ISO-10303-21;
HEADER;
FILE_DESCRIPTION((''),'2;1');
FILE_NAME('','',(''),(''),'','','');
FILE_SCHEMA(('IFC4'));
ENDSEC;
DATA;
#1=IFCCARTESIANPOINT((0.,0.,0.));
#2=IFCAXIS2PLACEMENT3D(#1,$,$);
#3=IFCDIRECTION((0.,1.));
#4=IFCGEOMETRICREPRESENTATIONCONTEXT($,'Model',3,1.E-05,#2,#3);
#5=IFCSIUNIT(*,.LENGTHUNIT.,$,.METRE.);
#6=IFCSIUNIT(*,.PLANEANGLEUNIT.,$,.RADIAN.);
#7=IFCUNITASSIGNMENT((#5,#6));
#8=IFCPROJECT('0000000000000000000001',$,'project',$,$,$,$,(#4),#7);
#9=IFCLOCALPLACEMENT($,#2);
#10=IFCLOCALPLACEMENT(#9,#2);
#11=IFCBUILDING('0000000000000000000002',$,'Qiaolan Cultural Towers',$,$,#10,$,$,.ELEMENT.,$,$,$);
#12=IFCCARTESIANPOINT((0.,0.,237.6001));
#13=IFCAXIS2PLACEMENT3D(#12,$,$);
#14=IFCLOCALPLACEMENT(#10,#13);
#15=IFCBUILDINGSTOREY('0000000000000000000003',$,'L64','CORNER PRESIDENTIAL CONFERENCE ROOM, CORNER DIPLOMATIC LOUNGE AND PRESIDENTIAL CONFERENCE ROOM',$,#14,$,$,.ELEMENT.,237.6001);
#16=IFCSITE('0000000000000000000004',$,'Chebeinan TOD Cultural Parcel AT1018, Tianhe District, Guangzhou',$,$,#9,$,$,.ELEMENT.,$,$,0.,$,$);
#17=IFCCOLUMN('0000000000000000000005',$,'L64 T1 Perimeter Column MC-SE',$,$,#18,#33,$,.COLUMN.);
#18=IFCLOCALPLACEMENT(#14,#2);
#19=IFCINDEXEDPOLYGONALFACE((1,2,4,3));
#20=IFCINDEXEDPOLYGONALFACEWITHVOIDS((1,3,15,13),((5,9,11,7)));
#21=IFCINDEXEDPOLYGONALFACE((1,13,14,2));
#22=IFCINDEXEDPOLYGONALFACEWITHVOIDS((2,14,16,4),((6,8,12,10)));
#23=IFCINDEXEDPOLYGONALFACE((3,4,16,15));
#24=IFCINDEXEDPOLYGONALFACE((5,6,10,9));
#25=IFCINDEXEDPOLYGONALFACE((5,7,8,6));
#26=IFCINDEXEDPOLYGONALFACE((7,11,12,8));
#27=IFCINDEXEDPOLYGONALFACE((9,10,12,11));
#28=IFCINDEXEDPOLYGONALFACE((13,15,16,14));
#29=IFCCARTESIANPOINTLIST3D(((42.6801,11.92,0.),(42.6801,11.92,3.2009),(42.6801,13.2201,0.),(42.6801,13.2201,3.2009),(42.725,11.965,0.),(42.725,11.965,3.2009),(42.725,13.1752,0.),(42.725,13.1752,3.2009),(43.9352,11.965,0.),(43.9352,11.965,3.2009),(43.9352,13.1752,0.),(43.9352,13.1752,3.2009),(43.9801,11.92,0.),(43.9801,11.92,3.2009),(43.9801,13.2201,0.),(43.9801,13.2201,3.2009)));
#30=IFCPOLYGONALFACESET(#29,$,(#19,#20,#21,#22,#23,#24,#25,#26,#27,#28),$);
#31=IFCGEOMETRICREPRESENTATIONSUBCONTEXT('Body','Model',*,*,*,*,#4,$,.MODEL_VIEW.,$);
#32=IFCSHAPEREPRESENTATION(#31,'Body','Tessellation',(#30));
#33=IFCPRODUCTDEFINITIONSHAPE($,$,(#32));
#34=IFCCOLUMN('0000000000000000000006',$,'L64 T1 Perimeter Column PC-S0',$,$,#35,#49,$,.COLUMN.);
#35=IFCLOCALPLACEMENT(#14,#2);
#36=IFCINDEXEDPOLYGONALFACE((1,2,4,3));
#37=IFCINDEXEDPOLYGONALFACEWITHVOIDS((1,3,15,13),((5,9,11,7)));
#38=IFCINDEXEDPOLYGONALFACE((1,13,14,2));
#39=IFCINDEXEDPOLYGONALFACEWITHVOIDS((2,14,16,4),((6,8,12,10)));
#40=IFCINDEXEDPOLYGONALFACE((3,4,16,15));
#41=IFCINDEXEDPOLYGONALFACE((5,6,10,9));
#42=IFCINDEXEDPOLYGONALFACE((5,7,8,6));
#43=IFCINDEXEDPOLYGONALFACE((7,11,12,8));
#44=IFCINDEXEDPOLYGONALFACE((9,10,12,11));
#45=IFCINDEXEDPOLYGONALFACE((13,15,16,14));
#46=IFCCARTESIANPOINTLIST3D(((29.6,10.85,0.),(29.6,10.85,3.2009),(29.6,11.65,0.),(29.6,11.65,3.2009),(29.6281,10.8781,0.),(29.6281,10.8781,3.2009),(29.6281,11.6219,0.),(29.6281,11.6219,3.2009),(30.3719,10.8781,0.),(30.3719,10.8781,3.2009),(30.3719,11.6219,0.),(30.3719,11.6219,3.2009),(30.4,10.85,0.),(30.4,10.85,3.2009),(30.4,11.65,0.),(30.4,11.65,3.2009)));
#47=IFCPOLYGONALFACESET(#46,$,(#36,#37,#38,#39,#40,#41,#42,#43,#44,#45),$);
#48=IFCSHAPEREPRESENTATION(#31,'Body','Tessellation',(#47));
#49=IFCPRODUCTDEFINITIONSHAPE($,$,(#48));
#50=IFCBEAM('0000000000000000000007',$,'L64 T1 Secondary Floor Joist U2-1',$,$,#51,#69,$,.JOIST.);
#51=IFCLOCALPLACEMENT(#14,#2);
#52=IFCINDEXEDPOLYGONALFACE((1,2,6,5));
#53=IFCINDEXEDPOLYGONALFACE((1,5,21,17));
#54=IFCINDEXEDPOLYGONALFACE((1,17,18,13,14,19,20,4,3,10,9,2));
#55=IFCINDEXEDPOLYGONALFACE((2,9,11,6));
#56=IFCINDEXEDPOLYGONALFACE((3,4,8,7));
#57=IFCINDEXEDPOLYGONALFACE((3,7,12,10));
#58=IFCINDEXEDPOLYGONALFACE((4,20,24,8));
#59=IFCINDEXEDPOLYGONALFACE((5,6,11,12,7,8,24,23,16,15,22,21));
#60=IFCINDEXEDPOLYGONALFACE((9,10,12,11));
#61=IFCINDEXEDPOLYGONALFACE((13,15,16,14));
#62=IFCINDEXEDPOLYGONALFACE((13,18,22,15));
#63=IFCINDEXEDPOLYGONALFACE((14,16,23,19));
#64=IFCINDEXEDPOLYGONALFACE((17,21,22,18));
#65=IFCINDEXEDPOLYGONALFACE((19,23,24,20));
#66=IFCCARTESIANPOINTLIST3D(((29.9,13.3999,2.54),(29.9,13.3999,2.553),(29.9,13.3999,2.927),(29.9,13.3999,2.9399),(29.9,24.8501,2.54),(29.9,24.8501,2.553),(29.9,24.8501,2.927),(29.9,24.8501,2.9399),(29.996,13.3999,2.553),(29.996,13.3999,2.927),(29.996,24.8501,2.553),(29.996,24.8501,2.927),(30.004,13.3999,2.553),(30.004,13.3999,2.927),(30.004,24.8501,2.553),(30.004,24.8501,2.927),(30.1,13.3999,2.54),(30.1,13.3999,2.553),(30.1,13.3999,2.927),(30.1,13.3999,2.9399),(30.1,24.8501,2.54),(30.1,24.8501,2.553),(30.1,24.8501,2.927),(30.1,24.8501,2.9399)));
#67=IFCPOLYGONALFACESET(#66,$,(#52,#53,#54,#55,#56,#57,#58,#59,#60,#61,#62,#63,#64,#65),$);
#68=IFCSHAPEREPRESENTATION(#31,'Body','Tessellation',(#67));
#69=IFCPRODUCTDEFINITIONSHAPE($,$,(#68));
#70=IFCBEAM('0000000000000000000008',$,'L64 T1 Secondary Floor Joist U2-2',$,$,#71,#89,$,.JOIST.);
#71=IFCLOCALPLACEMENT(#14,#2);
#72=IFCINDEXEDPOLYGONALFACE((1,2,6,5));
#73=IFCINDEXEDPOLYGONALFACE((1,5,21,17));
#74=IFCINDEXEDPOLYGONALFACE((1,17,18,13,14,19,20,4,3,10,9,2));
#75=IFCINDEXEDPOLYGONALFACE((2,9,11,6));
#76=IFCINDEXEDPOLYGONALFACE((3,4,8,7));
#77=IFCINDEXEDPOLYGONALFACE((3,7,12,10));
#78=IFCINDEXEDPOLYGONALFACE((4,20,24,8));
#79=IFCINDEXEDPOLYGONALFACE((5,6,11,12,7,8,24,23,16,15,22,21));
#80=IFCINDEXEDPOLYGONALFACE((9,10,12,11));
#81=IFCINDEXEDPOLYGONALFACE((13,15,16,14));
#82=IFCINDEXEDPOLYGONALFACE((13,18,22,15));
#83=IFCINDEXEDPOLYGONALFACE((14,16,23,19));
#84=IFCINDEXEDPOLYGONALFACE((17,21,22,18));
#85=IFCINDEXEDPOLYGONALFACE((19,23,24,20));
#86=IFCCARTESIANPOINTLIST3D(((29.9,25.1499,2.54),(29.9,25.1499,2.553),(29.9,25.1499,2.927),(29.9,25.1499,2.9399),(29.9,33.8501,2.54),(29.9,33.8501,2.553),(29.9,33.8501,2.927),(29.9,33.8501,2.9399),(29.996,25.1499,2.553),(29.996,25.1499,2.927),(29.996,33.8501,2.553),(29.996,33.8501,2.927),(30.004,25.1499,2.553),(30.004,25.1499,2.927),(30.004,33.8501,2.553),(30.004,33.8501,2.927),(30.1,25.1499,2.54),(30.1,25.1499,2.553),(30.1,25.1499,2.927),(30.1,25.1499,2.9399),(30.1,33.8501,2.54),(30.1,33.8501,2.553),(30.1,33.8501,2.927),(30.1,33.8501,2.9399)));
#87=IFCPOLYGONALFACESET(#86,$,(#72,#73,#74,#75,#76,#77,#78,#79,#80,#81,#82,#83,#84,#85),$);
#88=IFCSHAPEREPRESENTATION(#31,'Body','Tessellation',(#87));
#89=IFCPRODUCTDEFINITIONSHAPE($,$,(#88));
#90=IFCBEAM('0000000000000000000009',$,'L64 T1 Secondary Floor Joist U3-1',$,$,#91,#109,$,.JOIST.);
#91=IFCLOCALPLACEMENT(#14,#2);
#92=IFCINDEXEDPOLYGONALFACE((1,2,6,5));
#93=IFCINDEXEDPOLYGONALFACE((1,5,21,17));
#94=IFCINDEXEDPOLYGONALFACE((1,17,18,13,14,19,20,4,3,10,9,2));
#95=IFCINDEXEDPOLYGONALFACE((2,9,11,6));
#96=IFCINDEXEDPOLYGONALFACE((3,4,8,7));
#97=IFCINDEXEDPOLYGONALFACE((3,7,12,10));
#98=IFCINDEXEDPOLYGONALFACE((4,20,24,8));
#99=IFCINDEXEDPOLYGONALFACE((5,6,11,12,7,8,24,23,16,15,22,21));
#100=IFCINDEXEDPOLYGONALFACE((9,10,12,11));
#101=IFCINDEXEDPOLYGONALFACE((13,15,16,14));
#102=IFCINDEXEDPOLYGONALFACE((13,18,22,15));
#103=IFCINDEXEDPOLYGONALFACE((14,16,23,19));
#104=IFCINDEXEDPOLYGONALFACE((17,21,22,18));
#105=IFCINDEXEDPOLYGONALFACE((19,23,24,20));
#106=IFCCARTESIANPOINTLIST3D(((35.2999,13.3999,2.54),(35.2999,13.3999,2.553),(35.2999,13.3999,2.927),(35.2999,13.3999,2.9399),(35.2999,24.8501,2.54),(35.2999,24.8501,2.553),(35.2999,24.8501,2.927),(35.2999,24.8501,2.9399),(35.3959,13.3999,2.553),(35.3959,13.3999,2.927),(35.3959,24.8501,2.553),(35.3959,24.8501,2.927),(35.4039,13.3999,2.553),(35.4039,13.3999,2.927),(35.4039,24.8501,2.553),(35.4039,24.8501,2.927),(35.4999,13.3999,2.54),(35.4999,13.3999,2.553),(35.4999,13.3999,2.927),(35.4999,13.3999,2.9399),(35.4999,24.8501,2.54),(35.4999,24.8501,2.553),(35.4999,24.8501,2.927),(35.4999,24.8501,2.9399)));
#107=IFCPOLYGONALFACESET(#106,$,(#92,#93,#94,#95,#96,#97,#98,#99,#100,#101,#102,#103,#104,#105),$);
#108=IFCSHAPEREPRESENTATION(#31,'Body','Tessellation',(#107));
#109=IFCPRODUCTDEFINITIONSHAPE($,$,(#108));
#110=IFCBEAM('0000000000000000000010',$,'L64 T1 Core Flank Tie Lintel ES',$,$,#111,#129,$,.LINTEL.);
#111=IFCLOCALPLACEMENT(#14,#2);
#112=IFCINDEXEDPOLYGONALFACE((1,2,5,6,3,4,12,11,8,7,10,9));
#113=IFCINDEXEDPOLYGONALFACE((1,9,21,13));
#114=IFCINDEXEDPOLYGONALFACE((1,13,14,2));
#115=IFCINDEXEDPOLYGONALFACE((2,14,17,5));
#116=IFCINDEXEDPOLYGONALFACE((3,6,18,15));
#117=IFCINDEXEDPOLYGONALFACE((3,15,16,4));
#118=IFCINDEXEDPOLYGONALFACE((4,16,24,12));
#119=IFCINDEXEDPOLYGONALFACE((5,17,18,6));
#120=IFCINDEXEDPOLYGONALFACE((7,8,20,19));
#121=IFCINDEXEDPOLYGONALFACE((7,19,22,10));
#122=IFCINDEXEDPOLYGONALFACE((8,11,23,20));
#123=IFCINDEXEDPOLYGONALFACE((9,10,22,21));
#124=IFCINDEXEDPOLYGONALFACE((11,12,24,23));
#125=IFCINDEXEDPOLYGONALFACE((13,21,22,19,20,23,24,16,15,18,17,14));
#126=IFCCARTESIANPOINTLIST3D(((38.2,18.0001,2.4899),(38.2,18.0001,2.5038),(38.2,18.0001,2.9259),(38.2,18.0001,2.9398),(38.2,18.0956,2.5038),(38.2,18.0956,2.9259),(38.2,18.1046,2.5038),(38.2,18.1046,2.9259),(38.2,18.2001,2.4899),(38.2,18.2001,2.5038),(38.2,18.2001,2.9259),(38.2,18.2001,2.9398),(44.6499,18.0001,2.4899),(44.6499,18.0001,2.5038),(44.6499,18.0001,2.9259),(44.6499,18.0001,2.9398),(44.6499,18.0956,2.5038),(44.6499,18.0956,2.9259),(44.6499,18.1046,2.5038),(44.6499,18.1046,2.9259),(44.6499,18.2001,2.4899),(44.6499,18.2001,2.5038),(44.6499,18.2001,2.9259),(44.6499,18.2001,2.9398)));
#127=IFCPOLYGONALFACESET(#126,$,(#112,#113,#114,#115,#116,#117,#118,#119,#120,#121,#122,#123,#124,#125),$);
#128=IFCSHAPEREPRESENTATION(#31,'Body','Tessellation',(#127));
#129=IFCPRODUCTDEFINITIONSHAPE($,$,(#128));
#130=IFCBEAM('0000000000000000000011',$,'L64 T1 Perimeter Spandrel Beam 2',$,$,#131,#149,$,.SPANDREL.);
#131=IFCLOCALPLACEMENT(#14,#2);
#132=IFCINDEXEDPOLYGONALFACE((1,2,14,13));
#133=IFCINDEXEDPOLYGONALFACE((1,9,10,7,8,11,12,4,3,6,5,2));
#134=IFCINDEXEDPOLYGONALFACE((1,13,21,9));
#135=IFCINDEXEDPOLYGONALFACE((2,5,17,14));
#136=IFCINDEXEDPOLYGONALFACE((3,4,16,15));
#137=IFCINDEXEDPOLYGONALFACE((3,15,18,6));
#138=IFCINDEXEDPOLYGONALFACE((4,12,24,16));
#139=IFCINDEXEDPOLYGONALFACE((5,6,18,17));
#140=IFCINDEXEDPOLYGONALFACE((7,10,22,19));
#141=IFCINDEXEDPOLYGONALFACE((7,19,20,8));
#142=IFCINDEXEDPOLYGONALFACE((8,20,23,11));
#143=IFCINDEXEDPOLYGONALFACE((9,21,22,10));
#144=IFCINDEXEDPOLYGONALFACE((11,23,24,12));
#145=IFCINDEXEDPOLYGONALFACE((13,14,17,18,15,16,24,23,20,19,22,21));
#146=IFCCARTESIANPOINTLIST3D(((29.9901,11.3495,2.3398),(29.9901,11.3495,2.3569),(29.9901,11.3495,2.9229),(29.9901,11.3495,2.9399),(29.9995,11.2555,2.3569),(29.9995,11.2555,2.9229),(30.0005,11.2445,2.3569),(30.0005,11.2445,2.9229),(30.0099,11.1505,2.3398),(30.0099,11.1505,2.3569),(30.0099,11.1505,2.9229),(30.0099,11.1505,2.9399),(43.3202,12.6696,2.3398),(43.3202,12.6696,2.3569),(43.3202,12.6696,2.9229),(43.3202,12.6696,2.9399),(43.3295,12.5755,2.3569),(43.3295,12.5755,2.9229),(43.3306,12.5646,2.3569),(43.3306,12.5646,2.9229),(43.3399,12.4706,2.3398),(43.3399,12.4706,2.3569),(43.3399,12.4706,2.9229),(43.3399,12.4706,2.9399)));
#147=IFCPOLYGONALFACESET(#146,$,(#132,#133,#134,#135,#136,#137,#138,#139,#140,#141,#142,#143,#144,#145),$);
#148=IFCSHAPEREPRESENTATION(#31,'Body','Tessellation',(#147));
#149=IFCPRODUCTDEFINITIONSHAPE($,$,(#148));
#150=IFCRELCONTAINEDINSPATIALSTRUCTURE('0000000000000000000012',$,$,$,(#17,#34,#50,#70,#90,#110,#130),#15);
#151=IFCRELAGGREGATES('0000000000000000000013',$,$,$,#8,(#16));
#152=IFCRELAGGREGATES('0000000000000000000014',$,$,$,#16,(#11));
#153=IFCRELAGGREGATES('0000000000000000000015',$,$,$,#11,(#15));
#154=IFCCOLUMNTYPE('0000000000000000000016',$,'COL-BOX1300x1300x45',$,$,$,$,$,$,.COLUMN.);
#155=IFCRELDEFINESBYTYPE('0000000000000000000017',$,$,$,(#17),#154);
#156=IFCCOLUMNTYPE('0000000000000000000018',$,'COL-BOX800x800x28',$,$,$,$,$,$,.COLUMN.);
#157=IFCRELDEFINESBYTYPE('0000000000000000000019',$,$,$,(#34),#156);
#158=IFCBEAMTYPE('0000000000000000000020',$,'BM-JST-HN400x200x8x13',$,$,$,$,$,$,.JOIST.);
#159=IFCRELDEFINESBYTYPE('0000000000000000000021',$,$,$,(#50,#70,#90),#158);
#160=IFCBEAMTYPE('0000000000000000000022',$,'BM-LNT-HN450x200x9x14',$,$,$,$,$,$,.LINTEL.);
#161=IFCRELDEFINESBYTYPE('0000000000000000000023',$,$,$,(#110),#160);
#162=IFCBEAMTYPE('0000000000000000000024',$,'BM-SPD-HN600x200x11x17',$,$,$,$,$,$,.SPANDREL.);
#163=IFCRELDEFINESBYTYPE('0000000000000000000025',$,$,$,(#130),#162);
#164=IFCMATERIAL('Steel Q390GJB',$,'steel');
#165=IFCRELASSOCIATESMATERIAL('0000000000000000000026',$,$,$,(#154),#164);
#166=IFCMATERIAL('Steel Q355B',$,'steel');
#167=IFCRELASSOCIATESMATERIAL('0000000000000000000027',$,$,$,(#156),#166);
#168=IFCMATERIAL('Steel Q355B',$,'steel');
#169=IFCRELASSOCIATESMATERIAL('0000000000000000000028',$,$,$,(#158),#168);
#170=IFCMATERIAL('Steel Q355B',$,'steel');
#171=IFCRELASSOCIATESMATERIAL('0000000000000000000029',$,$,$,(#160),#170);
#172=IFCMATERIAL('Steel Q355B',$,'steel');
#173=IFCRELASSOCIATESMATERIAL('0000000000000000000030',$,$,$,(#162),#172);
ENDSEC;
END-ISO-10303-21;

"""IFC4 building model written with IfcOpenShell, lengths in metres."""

from ifc_helpers import new_model, si_unit, direction, frame, origin, origin_2d, place, context, subcontext, project, spatial, hollow_rectangle, i_section, extrude, material, material_profile, profile_set, type_object, element, save


model = new_model("IFC4")

# Units and contexts
model_context = context("Model", 3, precision=1e-05, world=origin(), true_north=direction((0.0, 1.0)))
body_context = subcontext(model_context, "Body", "Model", "MODEL_VIEW")
ifc_project = project(units=[si_unit("LENGTHUNIT", "METRE"), si_unit("PLANEANGLEUNIT", "RADIAN")], contexts=[model_context])

# Site, building, storey
site_placement = place(None, origin())
site = spatial("IfcSite", under=ifc_project, at=site_placement, Name="Chebeinan TOD Cultural Parcel AT1018, Tianhe District, Guangzhou", CompositionType="ELEMENT", RefElevation=0.0)
building_placement = place(site_placement, origin())
building = spatial("IfcBuilding", under=site, at=building_placement, Name="Qiaolan Cultural Towers", CompositionType="ELEMENT")
storey_placement = place(building_placement, frame((0.0, 0.0, 237.6001)))
storey = spatial("IfcBuildingStorey", under=building, at=storey_placement, Name="L64", Description="CORNER PRESIDENTIAL CONFERENCE ROOM, CORNER DIPLOMATIC LOUNGE AND PRESIDENTIAL CONFERENCE ROOM", CompositionType="ELEMENT", Elevation=237.6001)

# Columns
ifc_material_1 = material(Name="Steel Q390GJB", Category="steel")
ifc_material_profile_1 = material_profile(ifc_material_1, hollow_rectangle(XDim=1.3, YDim=1.3, WallThickness=0.0449, at=origin_2d()), Name="BOX1300x1300x45")
ifc_profile_set_1 = profile_set([ifc_material_profile_1], Name="Steel Q390GJB")
column_type_1 = type_object("IfcColumnType", Name="COL-BOX1300x1300x45", PredefinedType="COLUMN", material=ifc_profile_set_1)
column_1_placement = place(storey_placement, frame((43.3301, 12.5701, 0.0), z_axis=(0.0, 0.0, 1.0), x_axis=(1.0, 0.0, 0.0)))
element("IfcColumn", 1, at=column_1_placement, inside=storey, type_object=column_type_1, Name="L64 T1 Perimeter Column MC-SE", PredefinedType="COLUMN", context=body_context, shape_type="SweptSolid", body=[
    extrude(hollow_rectangle(XDim=1.3, YDim=1.3, WallThickness=0.0449, at=origin_2d()), origin(), (0.0, 0.0, 1.0), 3.2009),
])
ifc_material_2 = material(Name="Steel Q355B", Category="steel")
ifc_material_profile_2 = material_profile(ifc_material_2, hollow_rectangle(XDim=0.8, YDim=0.8, WallThickness=0.0281, at=origin_2d()), Name="BOX800x800x28")
ifc_profile_set_2 = profile_set([ifc_material_profile_2], Name="Steel Q355B")
column_type_2 = type_object("IfcColumnType", Name="COL-BOX800x800x28", PredefinedType="COLUMN", material=ifc_profile_set_2)
column_2_placement = place(storey_placement, frame((30.0, 11.25, 0.0), z_axis=(0.0, 0.0, 1.0), x_axis=(1.0, 0.0, 0.0)))
element("IfcColumn", 2, at=column_2_placement, inside=storey, type_object=column_type_2, Name="L64 T1 Perimeter Column PC-S0", PredefinedType="COLUMN", context=body_context, shape_type="SweptSolid", body=[
    extrude(hollow_rectangle(XDim=0.8, YDim=0.8, WallThickness=0.0281, at=origin_2d()), origin(), (0.0, 0.0, 1.0), 3.2009),
])

# Beams
ifc_material_3 = material(Name="Steel Q355B", Category="steel")
ifc_material_profile_3 = material_profile(ifc_material_3, i_section(OverallWidth=0.2, OverallDepth=0.3999, WebThickness=0.0081, FlangeThickness=0.0129, at=origin_2d()), Name="HN400x200x8x13")
ifc_profile_set_3 = profile_set([ifc_material_profile_3], Name="Steel Q355B")
beam_type_1 = type_object("IfcBeamType", Name="BM-JST-HN400x200x8x13", PredefinedType="JOIST", material=ifc_profile_set_3)
beam_1_placement = place(storey_placement, frame((30.0, 13.3999, 2.74), z_axis=(0.0, 1.0, 0.0), x_axis=(-1.0, 0.0, 0.0)))
element("IfcBeam", 3, at=beam_1_placement, inside=storey, type_object=beam_type_1, Name="L64 T1 Secondary Floor Joist U2-1", PredefinedType="JOIST", context=body_context, shape_type="SweptSolid", body=[
    extrude(i_section(OverallWidth=0.2, OverallDepth=0.3999, WebThickness=0.0081, FlangeThickness=0.0129, at=origin_2d()), origin(), (0.0, 0.0, 1.0), 11.4502),
])
beam_2_placement = place(storey_placement, frame((30.0, 25.1499, 2.74), z_axis=(0.0, 1.0, 0.0), x_axis=(-1.0, 0.0, 0.0)))
element("IfcBeam", 4, at=beam_2_placement, inside=storey, type_object=beam_type_1, Name="L64 T1 Secondary Floor Joist U2-2", PredefinedType="JOIST", context=body_context, shape_type="SweptSolid", body=[
    extrude(i_section(OverallWidth=0.2, OverallDepth=0.3999, WebThickness=0.0081, FlangeThickness=0.0129, at=origin_2d()), origin(), (0.0, 0.0, 1.0), 8.7002),
])
beam_3_placement = place(storey_placement, frame((35.3999, 13.3999, 2.74), z_axis=(0.0, 1.0, 0.0), x_axis=(-1.0, 0.0, 0.0)))
element("IfcBeam", 5, at=beam_3_placement, inside=storey, type_object=beam_type_1, Name="L64 T1 Secondary Floor Joist U3-1", PredefinedType="JOIST", context=body_context, shape_type="SweptSolid", body=[
    extrude(i_section(OverallWidth=0.2, OverallDepth=0.3999, WebThickness=0.0081, FlangeThickness=0.0129, at=origin_2d()), origin(), (0.0, 0.0, 1.0), 11.4502),
])
ifc_material_4 = material(Name="Steel Q355B", Category="steel")
ifc_material_profile_4 = material_profile(ifc_material_4, i_section(OverallWidth=0.2, OverallDepth=0.45, WebThickness=0.009, FlangeThickness=0.0139, at=origin_2d()), Name="HN450x200x9x14")
ifc_profile_set_4 = profile_set([ifc_material_profile_4], Name="Steel Q355B")
beam_type_2 = type_object("IfcBeamType", Name="BM-LNT-HN450x200x9x14", PredefinedType="LINTEL", material=ifc_profile_set_4)
beam_4_placement = place(storey_placement, frame((38.2, 18.1001, 2.7148), z_axis=(1.0, 0.0, 0.0), x_axis=(0.0, 1.0, 0.0)))
element("IfcBeam", 6, at=beam_4_placement, inside=storey, type_object=beam_type_2, Name="L64 T1 Core Flank Tie Lintel ES", PredefinedType="LINTEL", context=body_context, shape_type="SweptSolid", body=[
    extrude(i_section(OverallWidth=0.2, OverallDepth=0.45, WebThickness=0.009, FlangeThickness=0.0139, at=origin_2d()), origin(), (0.0, 0.0, 1.0), 6.45),
])
ifc_material_5 = material(Name="Steel Q355B", Category="steel")
ifc_material_profile_5 = material_profile(ifc_material_5, i_section(OverallWidth=0.2, OverallDepth=0.6001, WebThickness=0.011, FlangeThickness=0.0171, at=origin_2d()), Name="HN600x200x11x17")
ifc_profile_set_5 = profile_set([ifc_material_profile_5], Name="Steel Q355B")
beam_type_3 = type_object("IfcBeamType", Name="BM-SPD-HN600x200x11x17", PredefinedType="SPANDREL", material=ifc_profile_set_5)
beam_5_placement = place(storey_placement, frame((30.0, 11.25, 2.6399), z_axis=(0.995132, 0.098547, 0.0), x_axis=(-0.098547, 0.995132, 0.0)))
element("IfcBeam", 7, at=beam_5_placement, inside=storey, type_object=beam_type_3, Name="L64 T1 Perimeter Spandrel Beam 2", PredefinedType="SPANDREL", context=body_context, shape_type="SweptSolid", body=[
    extrude(i_section(OverallWidth=0.2, OverallDepth=0.6001, WebThickness=0.011, FlangeThickness=0.0171, at=origin_2d()), origin(), (0.0, 0.0, 1.0), 13.3953),
])

save(model, "model.ifc")
